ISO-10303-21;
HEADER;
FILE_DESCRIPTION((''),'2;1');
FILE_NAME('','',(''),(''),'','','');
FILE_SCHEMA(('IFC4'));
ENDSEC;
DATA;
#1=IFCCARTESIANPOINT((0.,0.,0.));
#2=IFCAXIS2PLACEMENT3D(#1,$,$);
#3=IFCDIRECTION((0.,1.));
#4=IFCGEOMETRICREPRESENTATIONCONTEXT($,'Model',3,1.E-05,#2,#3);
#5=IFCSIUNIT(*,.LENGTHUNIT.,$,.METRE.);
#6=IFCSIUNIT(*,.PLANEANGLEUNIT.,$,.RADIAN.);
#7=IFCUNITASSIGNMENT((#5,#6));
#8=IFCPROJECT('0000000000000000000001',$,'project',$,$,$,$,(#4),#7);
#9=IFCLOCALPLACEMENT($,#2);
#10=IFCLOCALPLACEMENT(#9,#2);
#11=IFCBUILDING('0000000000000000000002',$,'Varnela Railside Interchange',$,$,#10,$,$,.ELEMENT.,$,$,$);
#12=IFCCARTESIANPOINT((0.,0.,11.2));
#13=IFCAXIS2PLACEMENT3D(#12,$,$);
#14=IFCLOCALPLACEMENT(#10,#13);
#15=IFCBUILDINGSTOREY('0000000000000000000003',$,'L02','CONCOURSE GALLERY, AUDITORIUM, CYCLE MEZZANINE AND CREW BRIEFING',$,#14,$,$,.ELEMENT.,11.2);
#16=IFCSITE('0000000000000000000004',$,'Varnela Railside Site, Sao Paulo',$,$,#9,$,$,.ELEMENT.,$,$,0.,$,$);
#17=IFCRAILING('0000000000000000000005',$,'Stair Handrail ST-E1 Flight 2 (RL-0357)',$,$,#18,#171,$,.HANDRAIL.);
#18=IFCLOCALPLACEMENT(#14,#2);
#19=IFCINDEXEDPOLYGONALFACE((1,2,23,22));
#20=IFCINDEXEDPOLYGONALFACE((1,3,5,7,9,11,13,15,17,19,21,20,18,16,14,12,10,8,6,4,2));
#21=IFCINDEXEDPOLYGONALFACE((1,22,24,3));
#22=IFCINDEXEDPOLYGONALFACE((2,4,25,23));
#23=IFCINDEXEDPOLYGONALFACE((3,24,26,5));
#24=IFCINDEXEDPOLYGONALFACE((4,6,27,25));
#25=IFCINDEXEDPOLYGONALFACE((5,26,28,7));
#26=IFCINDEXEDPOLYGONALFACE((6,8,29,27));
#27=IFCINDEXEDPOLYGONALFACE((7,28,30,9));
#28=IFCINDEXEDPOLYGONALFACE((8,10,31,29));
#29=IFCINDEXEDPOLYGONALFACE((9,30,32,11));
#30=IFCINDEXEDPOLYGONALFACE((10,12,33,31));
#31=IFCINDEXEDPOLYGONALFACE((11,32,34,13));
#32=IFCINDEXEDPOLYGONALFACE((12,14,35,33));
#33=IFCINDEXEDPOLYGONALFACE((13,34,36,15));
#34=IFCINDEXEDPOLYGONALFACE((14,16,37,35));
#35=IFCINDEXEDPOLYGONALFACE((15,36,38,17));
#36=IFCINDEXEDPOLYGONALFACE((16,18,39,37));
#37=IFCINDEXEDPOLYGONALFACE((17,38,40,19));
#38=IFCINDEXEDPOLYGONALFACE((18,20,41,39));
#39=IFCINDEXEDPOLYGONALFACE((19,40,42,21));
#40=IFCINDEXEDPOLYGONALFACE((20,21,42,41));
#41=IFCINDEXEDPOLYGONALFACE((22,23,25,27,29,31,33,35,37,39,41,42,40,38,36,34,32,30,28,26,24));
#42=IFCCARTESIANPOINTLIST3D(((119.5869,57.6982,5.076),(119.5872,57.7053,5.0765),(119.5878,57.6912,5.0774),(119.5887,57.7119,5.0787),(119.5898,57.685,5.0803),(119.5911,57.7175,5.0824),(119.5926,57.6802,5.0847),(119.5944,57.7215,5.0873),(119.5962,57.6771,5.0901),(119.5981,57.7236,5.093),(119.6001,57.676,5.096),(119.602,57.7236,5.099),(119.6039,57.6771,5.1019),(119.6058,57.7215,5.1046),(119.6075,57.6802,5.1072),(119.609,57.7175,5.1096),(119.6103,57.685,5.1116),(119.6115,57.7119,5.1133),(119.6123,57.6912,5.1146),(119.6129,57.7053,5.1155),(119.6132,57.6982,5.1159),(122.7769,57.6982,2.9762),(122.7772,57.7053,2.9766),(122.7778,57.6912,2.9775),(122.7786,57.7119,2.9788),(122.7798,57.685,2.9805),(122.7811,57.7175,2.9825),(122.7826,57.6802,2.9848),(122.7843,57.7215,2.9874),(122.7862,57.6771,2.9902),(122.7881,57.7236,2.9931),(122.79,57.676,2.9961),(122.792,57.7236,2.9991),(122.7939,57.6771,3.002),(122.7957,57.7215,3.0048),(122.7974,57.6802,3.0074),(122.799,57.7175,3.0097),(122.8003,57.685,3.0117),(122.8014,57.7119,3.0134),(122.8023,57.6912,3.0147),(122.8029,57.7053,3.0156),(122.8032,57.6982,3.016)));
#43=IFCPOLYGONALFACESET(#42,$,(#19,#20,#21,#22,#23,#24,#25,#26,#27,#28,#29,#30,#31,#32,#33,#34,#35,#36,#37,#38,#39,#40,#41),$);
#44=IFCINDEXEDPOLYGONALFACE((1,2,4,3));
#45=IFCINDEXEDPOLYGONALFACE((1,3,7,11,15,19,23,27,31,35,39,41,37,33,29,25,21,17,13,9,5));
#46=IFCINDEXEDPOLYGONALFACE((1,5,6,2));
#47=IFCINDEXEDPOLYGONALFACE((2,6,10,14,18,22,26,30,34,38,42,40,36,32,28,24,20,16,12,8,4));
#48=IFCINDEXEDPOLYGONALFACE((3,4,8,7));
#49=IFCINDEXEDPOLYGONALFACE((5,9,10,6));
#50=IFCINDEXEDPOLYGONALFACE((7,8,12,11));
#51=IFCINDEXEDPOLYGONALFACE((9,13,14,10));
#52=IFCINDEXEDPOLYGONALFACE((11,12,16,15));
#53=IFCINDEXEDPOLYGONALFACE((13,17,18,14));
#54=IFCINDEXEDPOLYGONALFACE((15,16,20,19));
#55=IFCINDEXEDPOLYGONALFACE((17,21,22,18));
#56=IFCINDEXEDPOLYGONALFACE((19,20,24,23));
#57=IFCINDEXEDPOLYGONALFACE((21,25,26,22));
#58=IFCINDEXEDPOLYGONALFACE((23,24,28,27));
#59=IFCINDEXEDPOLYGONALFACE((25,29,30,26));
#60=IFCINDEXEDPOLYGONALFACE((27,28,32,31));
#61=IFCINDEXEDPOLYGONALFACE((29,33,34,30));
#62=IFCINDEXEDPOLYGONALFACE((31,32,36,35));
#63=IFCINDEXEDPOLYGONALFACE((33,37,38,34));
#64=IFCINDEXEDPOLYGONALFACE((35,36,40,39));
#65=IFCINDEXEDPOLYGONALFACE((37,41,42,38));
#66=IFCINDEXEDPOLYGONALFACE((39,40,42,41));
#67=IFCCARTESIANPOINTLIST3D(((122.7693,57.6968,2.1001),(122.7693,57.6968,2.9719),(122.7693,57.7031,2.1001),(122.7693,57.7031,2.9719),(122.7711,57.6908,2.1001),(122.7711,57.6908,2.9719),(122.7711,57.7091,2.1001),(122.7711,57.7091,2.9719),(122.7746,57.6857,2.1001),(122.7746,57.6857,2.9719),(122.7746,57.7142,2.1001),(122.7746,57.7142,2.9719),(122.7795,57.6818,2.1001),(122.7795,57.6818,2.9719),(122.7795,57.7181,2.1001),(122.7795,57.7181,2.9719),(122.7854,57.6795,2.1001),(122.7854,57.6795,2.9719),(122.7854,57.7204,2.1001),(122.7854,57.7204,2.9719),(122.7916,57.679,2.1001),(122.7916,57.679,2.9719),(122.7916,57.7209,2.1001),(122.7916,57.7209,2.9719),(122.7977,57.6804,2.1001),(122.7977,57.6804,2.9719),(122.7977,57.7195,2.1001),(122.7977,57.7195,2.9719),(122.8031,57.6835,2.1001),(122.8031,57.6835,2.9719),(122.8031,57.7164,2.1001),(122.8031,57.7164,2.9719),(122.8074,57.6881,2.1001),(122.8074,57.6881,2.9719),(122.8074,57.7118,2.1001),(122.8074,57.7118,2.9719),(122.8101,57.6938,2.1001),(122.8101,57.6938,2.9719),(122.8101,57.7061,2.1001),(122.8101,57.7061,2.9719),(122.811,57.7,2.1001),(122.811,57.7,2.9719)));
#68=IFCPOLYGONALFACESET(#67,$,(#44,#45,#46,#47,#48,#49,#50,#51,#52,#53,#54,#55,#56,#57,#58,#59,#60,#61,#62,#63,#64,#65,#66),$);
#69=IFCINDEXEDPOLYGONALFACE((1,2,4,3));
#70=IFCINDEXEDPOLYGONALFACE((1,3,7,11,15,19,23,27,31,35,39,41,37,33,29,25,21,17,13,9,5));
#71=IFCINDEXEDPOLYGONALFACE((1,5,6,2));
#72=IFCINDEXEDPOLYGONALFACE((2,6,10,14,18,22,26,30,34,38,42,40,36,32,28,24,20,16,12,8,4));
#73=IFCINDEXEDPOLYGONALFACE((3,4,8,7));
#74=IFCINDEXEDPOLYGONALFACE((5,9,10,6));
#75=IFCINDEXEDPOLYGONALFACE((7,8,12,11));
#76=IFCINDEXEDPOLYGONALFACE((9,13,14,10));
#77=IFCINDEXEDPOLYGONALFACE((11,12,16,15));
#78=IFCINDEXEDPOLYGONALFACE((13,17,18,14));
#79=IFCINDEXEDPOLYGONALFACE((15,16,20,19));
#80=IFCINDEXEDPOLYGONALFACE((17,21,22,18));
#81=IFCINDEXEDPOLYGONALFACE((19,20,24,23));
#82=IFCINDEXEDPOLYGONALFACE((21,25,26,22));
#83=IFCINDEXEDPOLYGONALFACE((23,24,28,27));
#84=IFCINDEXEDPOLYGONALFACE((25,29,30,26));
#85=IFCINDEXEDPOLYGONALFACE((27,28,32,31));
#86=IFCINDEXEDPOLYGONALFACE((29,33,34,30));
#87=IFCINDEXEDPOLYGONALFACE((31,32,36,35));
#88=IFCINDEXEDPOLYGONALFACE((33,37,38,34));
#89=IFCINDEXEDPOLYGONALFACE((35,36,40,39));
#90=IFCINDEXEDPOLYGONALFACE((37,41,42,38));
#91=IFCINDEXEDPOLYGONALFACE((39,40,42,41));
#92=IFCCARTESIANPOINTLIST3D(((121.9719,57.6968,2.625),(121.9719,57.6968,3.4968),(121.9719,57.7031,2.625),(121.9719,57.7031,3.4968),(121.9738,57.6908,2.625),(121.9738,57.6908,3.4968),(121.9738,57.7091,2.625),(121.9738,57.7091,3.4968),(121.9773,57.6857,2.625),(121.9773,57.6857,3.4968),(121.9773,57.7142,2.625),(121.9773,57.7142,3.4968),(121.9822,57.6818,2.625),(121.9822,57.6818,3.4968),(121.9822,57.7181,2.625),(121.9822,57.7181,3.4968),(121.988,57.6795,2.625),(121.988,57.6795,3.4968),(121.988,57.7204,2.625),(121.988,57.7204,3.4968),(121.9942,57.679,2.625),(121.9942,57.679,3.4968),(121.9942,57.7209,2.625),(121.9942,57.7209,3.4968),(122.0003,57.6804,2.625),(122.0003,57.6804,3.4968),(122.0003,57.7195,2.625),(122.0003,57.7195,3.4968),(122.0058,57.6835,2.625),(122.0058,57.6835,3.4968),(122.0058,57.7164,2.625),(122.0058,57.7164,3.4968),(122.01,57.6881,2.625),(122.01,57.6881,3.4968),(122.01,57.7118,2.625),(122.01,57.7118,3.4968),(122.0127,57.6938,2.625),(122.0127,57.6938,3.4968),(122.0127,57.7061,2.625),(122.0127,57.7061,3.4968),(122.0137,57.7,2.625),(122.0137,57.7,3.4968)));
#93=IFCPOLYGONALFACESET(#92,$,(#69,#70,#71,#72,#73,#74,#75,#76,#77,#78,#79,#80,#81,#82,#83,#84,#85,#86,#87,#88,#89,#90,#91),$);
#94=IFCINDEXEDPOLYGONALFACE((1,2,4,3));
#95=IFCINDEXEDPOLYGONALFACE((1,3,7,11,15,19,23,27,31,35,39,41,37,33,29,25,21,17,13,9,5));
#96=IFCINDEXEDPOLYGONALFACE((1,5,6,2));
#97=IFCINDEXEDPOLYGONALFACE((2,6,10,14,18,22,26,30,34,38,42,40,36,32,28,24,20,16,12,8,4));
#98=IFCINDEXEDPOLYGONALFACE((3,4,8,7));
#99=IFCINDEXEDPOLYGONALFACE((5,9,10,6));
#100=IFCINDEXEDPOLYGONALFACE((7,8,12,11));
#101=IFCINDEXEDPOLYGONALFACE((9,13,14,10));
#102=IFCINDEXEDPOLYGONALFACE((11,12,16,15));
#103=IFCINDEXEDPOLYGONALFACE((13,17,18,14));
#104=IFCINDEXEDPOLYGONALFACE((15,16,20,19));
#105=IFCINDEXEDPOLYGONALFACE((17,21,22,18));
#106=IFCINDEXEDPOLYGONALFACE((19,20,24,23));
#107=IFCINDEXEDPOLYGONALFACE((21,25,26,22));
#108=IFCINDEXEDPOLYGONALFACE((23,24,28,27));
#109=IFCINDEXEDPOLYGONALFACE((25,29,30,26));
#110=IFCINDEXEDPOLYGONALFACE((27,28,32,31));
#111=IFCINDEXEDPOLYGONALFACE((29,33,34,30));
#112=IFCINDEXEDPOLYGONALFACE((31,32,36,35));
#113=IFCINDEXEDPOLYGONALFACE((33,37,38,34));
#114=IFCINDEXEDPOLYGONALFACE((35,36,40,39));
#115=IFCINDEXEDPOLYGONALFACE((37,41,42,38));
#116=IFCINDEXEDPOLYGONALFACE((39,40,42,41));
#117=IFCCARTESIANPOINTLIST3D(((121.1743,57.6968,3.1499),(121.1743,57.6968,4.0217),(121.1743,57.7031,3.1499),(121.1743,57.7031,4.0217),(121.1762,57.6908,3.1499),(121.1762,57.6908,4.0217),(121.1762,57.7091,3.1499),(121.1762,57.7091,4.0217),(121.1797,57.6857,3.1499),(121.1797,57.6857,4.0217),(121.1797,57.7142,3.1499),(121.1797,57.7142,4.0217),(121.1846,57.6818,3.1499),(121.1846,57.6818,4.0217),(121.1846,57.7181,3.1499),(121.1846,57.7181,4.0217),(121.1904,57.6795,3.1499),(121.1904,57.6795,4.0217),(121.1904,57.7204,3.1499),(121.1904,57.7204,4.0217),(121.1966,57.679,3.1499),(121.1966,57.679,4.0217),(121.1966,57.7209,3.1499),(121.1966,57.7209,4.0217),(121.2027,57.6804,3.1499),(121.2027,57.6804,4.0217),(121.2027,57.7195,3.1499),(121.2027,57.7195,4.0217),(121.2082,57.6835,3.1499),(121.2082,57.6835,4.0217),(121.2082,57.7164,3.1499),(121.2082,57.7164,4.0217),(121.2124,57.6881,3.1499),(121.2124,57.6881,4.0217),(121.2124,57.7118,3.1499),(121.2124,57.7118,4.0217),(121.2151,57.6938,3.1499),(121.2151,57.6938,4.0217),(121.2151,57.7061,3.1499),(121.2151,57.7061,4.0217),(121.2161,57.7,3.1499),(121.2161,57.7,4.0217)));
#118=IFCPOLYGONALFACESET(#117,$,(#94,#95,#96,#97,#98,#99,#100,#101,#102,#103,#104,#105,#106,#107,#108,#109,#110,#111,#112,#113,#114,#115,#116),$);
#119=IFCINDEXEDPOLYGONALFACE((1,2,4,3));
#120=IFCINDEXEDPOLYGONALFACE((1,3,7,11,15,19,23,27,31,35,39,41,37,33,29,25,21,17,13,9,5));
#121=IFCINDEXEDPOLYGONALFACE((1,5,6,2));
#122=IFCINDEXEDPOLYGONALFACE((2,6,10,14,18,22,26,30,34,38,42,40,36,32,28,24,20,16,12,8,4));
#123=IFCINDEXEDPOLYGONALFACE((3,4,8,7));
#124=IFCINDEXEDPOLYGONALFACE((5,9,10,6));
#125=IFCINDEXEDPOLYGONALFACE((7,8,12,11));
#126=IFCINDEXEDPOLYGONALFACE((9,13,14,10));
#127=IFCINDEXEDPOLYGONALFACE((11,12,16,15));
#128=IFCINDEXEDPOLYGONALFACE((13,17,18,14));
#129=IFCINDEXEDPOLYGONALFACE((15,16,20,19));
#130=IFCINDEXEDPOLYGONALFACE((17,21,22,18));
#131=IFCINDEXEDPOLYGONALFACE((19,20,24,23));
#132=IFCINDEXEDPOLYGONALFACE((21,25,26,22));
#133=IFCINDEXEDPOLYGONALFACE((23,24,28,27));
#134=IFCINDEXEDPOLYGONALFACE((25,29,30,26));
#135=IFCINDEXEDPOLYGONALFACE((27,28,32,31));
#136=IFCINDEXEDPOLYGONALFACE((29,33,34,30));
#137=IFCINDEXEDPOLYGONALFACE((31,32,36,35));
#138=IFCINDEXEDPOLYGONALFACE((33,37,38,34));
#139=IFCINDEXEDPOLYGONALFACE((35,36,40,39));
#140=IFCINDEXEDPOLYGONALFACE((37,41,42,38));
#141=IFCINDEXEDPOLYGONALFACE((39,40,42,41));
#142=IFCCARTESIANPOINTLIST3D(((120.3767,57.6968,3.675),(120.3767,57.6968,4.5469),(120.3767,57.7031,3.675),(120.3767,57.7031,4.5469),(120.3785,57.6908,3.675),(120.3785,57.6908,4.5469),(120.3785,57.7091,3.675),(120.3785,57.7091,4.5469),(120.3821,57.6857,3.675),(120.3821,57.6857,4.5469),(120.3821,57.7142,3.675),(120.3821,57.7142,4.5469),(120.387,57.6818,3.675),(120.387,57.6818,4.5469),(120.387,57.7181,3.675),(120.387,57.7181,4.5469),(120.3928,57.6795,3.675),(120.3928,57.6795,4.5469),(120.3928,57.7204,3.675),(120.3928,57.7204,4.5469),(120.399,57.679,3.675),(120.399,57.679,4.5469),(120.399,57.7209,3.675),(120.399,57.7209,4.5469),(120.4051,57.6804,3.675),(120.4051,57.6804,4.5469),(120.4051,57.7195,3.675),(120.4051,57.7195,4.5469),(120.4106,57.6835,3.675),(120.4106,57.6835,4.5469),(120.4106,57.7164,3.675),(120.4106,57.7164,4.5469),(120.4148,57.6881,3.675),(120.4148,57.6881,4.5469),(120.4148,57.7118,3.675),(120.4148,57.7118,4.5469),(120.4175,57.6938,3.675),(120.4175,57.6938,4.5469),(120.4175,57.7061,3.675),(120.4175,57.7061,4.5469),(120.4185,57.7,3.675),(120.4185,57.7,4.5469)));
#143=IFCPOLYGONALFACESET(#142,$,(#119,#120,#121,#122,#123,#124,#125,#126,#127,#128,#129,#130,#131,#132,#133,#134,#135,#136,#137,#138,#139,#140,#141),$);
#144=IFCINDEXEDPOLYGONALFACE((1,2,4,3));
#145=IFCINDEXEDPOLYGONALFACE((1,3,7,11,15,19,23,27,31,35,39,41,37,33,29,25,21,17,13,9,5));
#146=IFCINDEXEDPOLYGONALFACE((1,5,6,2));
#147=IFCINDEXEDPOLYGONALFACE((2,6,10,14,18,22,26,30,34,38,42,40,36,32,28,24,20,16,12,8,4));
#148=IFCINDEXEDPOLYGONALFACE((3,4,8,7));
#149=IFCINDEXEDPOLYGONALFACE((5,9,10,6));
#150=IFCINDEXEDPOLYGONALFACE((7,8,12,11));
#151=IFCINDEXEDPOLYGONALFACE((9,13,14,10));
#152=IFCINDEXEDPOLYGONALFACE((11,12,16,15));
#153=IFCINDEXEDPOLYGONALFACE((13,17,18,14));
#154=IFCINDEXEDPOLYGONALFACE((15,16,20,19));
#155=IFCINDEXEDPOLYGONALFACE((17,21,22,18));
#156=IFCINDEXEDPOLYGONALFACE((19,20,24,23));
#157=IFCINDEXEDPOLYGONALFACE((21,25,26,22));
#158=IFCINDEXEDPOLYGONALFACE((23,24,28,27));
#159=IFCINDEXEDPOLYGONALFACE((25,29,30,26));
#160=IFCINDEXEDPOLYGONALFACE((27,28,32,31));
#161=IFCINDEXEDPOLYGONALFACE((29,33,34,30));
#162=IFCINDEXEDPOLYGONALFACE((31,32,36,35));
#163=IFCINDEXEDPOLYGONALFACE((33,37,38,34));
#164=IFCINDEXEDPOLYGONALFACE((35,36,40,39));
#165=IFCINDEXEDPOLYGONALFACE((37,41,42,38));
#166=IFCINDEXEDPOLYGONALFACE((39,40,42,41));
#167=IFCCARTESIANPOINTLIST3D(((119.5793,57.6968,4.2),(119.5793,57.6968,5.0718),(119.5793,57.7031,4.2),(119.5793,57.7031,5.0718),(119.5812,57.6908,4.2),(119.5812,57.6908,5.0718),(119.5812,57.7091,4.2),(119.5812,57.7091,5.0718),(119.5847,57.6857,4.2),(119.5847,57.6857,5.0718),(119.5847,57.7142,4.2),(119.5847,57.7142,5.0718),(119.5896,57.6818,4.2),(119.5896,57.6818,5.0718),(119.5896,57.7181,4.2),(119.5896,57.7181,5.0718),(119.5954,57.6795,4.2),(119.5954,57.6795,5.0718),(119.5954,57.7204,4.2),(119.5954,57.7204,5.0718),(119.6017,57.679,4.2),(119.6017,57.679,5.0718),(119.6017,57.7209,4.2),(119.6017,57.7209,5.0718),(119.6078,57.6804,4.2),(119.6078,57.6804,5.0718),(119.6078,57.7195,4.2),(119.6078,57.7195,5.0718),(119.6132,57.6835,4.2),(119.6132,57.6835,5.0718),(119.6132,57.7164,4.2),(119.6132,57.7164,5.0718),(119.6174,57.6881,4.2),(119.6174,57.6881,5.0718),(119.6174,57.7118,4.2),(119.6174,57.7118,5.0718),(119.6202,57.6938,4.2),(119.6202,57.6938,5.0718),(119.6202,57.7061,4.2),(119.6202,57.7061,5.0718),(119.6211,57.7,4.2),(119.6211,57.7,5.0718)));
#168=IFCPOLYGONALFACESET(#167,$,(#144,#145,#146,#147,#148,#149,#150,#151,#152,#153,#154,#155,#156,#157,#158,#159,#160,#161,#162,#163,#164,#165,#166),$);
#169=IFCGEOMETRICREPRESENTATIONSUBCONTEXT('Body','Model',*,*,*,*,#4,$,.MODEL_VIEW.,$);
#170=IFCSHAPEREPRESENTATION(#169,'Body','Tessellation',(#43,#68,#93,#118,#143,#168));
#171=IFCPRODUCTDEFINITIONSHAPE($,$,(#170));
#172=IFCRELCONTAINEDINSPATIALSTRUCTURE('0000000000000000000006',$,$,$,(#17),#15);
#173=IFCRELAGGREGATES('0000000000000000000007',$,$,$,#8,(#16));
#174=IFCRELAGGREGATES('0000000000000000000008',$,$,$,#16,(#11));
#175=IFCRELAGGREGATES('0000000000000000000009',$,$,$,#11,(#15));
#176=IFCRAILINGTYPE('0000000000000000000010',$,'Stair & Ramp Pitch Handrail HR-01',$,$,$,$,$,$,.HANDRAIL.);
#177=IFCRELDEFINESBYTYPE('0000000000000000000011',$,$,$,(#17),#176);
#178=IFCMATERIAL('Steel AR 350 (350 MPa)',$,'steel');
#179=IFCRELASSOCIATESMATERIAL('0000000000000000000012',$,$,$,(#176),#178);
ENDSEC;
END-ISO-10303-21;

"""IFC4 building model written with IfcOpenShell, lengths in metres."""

from ifc_helpers import new_model, si_unit, direction, frame, origin, origin_2d, place, context, subcontext, project, spatial, circle, extrude, material, type_object, element, save


model = new_model("IFC4")

# Units and contexts
model_context = context("Model", 3, precision=1e-05, world=origin(), true_north=direction((0.0, 1.0)))
body_context = subcontext(model_context, "Body", "Model", "MODEL_VIEW")
ifc_project = project(units=[si_unit("LENGTHUNIT", "METRE"), si_unit("PLANEANGLEUNIT", "RADIAN")], contexts=[model_context])

# Site, building, storey
site_placement = place(None, origin())
site = spatial("IfcSite", under=ifc_project, at=site_placement, Name="Varnela Railside Site, Sao Paulo", CompositionType="ELEMENT", RefElevation=0.0)
building_placement = place(site_placement, origin())
building = spatial("IfcBuilding", under=site, at=building_placement, Name="Varnela Railside Interchange", CompositionType="ELEMENT")
storey_placement = place(building_placement, frame((0.0, 0.0, 11.2)))
storey = spatial("IfcBuildingStorey", under=building, at=storey_placement, Name="L02", Description="CONCOURSE GALLERY, AUDITORIUM, CYCLE MEZZANINE AND CREW BRIEFING", CompositionType="ELEMENT", Elevation=11.2)

# Shared definitions
ifc_material_1 = material(Name="Steel AR 350 (350 MPa)", Category="steel")

# Railing
railing_type_1 = type_object("IfcRailingType", Name="Stair & Ramp Pitch Handrail HR-01", PredefinedType="HANDRAIL", material=ifc_material_1)
railing_1_placement = place(storey_placement, frame((122.79, 57.7, 2.1001)))
element("IfcRailing", 1, at=railing_1_placement, inside=storey, type_object=railing_type_1, Name="Stair Handrail ST-E1 Flight 2 (RL-0357)", PredefinedType="HANDRAIL", context=body_context, shape_type="SweptSolid", body=[
    extrude(circle(Radius=0.0239, at=origin_2d()), frame((0.0, 0.0, 0.896), z_axis=(-0.835272, 0.0, 0.549837), x_axis=(0.0, -1.0, 0.0)), (0.0, 0.0, 1.0), 3.8191),
    extrude(circle(Radius=0.021, at=origin_2d()), origin(), (0.0, 0.0, 1.0), 0.8718),
    extrude(circle(Radius=0.021, at=origin_2d()), frame((-0.7974, 0.0, 0.5249)), (0.0, 0.0, 1.0), 0.8718),
    extrude(circle(Radius=0.021, at=origin_2d()), frame((-1.595, 0.0, 1.0498)), (0.0, 0.0, 1.0), 0.8718),
    extrude(circle(Radius=0.021, at=origin_2d()), frame((-2.3926, 0.0, 1.575)), (0.0, 0.0, 1.0), 0.8718),
    extrude(circle(Radius=0.021, at=origin_2d()), frame((-3.1899, 0.0, 2.0999)), (0.0, 0.0, 1.0), 0.8718),
])

save(model, "model.ifc")
